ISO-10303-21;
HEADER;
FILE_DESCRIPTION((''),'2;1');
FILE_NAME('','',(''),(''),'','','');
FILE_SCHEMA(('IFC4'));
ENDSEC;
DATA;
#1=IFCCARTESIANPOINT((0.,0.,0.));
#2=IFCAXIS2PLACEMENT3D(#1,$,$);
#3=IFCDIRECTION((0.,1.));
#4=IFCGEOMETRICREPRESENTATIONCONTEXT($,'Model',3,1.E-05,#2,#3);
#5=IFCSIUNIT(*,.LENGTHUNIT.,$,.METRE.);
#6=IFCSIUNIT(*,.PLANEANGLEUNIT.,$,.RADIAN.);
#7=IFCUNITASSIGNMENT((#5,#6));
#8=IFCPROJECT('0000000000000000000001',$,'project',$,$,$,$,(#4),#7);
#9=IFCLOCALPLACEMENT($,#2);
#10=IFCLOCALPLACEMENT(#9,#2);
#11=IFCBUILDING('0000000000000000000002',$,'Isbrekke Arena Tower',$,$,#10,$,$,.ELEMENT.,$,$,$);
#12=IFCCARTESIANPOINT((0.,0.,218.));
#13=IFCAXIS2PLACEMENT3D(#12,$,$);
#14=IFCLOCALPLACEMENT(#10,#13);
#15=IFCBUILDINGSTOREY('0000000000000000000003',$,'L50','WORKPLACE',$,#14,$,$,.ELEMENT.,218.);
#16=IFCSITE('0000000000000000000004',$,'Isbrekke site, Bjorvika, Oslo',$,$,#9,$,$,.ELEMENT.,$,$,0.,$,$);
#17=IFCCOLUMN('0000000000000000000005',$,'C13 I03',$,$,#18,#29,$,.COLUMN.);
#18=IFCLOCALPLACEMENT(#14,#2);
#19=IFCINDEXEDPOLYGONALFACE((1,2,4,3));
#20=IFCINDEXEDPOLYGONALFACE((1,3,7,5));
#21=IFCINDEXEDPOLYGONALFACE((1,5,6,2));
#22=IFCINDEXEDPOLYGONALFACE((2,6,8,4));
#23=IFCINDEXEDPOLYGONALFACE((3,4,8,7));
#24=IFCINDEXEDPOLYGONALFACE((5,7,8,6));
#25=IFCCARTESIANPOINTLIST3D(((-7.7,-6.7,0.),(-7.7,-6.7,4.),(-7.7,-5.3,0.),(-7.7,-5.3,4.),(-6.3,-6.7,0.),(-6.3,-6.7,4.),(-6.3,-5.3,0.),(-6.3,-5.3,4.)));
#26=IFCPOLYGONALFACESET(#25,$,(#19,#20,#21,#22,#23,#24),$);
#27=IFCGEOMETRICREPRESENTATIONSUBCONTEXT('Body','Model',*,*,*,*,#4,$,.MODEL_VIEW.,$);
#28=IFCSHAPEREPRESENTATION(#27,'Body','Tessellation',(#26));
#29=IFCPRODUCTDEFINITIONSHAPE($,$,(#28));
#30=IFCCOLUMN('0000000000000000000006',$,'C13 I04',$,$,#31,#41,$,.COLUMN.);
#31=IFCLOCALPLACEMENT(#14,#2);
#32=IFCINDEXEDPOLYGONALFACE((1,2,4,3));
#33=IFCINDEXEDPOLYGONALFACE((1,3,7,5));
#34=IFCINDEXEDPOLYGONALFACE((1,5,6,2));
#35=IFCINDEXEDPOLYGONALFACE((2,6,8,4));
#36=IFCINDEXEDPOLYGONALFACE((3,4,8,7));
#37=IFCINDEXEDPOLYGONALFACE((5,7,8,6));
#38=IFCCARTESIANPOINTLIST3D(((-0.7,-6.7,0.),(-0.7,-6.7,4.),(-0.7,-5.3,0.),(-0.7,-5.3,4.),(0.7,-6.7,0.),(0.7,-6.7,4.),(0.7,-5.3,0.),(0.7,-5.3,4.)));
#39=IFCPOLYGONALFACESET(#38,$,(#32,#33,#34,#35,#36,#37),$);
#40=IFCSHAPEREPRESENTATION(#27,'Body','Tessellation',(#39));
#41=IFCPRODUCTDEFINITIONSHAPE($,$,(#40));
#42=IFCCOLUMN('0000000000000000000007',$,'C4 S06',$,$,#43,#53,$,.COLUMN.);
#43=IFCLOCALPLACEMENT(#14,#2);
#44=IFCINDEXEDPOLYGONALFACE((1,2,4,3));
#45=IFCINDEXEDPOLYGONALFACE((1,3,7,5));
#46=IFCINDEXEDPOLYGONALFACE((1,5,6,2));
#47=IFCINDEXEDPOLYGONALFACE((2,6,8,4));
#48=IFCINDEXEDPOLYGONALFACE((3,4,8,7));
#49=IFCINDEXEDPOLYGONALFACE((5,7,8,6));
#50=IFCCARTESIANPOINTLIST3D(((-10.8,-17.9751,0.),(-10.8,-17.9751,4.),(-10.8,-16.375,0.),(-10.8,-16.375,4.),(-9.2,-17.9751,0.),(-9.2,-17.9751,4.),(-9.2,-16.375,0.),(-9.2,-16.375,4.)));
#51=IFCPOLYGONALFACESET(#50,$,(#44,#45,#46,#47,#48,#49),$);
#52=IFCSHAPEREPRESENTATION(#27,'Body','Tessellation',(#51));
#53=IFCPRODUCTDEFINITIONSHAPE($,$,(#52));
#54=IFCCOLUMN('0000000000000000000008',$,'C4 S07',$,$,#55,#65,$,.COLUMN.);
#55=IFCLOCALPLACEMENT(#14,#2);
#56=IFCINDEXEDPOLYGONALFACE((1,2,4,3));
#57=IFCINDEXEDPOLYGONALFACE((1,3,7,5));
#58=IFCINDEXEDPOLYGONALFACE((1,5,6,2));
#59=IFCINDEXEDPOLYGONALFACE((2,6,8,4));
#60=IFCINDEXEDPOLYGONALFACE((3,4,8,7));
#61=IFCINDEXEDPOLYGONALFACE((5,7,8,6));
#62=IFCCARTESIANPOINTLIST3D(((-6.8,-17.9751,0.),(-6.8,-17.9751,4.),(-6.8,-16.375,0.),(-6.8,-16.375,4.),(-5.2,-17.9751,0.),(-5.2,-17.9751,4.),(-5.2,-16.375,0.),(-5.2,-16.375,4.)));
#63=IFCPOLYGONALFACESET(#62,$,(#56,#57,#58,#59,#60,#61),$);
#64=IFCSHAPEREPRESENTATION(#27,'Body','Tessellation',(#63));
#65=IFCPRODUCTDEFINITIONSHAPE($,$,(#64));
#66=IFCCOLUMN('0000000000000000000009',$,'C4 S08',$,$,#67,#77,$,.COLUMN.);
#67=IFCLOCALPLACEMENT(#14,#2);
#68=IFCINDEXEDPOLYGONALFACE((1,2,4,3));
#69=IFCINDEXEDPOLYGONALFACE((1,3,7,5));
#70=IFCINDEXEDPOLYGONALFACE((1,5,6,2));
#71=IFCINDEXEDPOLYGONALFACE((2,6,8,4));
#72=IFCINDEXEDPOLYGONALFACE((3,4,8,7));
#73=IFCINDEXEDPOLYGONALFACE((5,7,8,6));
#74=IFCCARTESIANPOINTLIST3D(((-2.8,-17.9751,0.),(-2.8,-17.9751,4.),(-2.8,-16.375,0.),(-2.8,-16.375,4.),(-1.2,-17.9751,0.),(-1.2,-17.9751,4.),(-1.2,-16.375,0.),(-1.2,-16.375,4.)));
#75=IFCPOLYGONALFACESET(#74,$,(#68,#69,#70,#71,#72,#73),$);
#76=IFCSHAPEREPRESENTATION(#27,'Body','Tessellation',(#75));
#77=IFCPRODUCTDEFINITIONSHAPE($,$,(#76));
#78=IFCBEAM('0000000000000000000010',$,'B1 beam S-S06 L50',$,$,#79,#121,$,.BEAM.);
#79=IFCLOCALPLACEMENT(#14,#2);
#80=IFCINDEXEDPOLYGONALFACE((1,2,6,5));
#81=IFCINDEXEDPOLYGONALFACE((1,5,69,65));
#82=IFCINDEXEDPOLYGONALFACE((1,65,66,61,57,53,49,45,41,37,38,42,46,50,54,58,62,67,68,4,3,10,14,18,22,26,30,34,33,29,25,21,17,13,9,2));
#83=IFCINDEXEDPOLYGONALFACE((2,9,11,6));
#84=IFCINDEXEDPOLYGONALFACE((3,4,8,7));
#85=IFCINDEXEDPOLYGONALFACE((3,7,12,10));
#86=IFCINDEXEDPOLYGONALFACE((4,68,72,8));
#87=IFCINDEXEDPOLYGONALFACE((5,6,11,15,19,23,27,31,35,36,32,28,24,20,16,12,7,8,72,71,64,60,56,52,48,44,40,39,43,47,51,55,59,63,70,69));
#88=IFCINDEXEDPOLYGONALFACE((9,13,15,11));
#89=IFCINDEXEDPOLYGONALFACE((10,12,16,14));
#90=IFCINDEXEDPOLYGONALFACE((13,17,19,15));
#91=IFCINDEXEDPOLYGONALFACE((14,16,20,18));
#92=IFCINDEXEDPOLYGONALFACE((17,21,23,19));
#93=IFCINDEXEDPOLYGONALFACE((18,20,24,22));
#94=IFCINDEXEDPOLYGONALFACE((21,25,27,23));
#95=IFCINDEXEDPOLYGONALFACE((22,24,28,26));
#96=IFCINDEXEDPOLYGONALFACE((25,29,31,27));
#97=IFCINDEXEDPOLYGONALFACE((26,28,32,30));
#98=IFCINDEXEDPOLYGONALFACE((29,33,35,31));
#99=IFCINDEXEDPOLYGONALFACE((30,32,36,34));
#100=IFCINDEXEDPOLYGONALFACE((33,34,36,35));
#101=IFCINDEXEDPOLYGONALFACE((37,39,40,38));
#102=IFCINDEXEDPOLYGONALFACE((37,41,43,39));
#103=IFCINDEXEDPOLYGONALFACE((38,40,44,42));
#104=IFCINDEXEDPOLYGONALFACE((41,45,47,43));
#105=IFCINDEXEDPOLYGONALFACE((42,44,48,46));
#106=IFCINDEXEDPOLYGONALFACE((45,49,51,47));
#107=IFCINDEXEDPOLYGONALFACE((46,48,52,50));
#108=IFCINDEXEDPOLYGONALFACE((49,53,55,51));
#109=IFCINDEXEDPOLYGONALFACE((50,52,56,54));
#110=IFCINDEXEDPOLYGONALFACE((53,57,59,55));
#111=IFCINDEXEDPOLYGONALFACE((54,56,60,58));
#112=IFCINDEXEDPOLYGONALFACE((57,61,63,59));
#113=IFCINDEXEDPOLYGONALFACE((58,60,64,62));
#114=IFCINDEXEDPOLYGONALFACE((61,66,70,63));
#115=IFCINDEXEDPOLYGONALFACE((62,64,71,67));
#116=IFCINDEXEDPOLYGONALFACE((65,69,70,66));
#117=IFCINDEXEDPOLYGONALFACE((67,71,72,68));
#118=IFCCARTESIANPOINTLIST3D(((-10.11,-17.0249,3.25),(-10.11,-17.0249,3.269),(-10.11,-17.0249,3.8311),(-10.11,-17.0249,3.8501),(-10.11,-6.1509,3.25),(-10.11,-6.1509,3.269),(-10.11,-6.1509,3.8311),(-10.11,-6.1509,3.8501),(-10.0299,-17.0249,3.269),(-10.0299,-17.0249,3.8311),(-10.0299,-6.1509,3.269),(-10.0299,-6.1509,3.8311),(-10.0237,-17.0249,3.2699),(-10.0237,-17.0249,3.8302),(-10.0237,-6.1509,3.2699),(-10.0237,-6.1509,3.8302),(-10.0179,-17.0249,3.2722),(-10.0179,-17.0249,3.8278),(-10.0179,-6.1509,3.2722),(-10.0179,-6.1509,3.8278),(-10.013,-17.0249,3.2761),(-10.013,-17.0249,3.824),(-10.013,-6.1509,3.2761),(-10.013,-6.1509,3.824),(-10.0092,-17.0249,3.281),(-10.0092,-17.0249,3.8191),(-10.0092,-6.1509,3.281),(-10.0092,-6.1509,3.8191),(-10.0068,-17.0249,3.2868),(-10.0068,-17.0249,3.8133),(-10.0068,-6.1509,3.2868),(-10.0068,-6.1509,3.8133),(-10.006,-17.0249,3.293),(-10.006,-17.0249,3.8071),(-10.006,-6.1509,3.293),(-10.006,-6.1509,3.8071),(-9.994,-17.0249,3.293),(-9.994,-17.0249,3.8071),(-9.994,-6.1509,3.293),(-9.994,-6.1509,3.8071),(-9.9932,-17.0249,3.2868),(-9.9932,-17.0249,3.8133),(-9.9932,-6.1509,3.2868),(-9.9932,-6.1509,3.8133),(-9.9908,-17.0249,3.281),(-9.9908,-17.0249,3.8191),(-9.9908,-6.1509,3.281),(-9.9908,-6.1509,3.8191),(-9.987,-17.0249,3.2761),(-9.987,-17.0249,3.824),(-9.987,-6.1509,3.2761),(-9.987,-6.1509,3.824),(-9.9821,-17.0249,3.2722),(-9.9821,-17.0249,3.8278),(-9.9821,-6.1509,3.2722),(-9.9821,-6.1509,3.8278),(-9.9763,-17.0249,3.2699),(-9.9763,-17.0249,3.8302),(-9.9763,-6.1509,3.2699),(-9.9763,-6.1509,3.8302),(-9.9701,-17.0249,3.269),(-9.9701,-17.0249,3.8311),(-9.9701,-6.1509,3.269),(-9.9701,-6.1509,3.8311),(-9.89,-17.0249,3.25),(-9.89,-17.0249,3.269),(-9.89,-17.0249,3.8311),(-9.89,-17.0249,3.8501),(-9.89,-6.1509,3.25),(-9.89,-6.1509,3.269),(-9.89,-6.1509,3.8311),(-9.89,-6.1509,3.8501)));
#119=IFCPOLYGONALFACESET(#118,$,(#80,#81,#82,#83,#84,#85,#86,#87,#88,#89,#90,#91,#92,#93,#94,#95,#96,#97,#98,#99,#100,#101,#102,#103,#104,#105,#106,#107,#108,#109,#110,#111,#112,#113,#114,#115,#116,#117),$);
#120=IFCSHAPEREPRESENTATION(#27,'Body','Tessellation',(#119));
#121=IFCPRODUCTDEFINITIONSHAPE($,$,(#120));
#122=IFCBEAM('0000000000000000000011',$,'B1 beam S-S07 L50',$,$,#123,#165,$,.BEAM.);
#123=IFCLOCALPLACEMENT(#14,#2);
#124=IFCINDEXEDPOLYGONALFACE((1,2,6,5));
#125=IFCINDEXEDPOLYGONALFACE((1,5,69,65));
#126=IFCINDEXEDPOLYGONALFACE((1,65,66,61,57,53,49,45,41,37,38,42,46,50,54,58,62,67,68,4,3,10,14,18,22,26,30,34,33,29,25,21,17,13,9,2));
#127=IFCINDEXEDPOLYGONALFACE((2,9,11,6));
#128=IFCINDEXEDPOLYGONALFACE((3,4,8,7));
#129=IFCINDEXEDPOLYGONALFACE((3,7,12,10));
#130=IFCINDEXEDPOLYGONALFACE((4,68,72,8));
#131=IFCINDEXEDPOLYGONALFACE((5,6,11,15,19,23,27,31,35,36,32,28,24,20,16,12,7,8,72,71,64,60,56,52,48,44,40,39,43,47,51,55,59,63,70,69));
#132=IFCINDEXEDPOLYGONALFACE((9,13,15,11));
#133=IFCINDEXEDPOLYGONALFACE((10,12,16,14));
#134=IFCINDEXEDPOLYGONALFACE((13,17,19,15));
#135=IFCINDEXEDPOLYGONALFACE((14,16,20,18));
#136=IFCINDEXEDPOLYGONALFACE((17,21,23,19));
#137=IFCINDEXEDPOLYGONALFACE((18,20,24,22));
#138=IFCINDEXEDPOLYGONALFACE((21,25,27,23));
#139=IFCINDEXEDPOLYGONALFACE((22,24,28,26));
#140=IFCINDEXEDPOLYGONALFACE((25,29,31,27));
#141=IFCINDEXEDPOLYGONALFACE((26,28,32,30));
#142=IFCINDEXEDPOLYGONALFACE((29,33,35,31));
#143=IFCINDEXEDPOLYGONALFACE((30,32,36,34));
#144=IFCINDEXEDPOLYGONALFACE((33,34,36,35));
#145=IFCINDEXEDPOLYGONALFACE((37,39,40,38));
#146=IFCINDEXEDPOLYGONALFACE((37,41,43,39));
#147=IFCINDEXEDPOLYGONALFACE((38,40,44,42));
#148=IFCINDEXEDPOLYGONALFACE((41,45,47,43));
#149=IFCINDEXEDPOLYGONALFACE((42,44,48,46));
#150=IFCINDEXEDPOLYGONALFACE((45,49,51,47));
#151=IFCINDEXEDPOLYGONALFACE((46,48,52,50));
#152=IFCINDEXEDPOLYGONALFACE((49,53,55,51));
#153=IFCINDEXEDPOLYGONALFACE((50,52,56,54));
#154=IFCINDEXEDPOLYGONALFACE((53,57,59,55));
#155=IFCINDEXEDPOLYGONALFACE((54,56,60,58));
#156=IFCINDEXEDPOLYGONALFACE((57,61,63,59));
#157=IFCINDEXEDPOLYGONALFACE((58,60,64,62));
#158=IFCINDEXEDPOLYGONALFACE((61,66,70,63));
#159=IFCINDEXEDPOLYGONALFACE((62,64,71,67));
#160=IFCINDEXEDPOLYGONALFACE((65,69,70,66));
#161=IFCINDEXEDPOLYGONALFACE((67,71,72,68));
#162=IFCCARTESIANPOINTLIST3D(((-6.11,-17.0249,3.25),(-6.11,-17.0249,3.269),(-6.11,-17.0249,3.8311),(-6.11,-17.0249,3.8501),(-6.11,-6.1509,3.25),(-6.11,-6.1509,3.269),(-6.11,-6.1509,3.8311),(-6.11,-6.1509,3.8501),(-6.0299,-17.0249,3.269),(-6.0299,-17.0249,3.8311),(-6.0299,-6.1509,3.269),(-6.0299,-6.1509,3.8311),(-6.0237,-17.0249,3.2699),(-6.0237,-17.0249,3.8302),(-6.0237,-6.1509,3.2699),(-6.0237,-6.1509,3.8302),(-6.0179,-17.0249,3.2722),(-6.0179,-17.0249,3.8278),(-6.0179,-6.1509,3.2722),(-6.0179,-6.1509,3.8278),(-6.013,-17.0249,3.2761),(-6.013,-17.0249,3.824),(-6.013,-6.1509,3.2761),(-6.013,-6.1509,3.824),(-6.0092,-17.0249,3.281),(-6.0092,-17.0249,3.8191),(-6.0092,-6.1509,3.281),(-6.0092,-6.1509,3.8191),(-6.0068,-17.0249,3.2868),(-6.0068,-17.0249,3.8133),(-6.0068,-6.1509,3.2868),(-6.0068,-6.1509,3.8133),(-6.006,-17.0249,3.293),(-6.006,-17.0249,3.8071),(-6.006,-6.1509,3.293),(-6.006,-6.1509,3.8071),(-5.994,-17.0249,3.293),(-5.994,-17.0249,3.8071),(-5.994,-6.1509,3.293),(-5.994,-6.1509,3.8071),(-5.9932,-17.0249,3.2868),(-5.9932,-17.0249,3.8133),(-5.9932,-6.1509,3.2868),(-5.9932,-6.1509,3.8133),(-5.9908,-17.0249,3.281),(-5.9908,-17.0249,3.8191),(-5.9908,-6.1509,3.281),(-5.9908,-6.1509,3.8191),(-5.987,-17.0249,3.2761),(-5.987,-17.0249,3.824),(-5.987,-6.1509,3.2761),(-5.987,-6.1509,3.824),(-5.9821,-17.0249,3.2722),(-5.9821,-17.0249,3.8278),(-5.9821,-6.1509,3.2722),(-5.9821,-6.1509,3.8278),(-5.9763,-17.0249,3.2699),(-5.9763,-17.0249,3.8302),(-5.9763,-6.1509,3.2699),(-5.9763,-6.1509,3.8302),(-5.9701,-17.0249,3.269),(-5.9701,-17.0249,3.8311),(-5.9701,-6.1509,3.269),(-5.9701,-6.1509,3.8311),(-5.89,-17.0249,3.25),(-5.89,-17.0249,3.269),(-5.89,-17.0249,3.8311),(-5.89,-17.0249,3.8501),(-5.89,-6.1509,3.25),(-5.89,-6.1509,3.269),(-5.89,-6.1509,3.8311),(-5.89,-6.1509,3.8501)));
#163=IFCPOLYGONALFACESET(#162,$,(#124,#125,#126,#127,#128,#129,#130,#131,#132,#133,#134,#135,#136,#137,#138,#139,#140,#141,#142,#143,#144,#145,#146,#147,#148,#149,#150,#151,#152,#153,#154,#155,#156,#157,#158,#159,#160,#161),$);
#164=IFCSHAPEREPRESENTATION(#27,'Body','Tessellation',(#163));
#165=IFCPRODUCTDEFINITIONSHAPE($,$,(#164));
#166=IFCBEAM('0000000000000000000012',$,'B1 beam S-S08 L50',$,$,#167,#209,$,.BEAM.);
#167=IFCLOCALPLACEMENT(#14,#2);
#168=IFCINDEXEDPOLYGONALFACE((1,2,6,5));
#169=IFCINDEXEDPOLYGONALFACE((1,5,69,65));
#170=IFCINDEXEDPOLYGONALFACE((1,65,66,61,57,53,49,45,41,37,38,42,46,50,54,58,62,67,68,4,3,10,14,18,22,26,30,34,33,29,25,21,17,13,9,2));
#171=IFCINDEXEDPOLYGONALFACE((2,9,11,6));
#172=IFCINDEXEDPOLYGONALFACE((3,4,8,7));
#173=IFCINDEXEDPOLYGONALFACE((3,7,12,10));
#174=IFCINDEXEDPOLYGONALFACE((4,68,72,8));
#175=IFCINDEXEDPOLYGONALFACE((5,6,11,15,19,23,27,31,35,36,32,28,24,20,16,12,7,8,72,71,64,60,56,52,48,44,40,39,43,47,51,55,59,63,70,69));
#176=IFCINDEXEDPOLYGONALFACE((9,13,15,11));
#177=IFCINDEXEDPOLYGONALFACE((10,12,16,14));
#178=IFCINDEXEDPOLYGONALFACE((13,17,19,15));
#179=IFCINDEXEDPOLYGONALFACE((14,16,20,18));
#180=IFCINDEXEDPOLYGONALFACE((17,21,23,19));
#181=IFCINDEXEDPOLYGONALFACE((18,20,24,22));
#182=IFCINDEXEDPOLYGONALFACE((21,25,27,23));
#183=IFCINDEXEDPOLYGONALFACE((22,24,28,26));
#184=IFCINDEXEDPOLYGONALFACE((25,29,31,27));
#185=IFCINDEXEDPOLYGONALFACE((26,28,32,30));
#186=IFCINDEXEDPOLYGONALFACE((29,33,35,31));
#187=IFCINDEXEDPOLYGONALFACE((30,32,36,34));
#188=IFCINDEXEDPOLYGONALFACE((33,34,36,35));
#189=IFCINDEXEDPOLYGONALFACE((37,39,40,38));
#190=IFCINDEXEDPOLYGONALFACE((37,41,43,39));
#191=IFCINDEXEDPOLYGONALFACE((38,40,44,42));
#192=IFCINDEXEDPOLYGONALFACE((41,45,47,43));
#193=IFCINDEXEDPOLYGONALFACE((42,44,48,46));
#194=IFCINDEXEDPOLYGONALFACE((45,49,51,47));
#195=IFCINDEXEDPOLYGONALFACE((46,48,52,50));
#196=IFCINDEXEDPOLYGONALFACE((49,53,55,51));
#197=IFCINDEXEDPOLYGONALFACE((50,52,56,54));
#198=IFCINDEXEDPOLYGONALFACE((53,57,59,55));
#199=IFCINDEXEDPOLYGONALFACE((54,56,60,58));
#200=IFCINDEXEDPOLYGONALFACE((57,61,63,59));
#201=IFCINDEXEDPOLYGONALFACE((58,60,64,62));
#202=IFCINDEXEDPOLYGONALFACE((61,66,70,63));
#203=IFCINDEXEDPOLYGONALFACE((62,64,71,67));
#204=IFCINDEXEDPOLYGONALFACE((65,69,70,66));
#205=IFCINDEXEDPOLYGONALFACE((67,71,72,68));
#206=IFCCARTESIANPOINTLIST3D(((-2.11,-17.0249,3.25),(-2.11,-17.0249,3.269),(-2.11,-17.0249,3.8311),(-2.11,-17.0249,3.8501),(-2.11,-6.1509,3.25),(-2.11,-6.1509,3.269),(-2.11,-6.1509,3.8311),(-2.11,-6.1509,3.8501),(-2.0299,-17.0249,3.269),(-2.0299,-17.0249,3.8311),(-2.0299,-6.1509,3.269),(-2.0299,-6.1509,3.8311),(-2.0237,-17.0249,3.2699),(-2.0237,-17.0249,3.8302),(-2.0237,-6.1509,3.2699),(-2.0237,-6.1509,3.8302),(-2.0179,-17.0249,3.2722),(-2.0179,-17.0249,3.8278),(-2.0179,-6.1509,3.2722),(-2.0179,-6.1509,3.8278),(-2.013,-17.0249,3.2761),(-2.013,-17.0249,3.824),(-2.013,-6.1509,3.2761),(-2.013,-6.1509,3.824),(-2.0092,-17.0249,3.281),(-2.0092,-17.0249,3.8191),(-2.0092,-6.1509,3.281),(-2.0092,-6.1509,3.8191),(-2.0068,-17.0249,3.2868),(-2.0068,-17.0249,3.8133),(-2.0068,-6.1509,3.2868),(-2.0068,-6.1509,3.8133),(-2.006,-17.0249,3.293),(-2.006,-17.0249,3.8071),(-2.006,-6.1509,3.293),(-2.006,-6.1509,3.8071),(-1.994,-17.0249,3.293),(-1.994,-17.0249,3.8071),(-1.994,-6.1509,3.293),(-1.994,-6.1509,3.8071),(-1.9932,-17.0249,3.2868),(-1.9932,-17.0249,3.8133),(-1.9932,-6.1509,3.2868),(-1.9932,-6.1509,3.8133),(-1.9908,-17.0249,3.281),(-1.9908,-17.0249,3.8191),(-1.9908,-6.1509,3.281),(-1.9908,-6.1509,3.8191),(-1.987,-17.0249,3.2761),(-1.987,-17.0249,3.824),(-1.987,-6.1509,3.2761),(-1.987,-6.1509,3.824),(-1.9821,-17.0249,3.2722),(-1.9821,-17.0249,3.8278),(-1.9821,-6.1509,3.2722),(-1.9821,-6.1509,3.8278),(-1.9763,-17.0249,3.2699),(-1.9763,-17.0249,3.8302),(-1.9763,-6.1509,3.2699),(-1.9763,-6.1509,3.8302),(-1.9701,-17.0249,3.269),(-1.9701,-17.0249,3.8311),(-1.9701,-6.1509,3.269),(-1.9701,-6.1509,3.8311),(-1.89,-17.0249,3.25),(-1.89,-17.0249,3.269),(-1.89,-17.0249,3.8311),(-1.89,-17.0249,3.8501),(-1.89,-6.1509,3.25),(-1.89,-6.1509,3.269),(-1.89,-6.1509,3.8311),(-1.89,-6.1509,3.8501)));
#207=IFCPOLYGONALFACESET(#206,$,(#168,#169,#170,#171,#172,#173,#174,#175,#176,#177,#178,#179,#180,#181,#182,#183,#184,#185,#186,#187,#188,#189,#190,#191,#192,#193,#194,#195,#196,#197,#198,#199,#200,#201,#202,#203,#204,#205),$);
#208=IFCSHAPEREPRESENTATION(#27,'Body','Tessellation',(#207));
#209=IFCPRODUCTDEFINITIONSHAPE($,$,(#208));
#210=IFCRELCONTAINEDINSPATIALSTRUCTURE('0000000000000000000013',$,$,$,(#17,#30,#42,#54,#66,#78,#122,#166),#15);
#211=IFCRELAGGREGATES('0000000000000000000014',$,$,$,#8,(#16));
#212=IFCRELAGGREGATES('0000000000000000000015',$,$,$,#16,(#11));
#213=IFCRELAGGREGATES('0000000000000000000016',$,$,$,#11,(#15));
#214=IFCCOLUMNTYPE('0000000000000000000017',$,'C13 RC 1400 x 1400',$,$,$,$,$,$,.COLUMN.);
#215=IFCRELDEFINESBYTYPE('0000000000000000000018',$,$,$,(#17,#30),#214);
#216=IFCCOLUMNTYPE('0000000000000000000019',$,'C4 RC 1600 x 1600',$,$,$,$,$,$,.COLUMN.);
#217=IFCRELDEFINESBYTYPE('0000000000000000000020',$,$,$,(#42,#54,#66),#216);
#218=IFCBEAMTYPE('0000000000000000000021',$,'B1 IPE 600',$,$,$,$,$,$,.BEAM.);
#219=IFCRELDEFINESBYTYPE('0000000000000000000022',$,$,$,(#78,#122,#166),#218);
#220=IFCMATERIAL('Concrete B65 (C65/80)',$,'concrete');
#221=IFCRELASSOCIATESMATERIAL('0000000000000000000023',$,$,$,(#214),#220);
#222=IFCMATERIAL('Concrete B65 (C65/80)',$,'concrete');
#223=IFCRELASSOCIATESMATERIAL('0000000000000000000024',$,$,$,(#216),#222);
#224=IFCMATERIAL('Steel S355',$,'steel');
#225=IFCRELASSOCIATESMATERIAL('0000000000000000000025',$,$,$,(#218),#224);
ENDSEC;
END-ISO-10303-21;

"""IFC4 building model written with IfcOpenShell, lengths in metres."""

from ifc_helpers import new_model, si_unit, direction, frame, origin, origin_2d, place, context, subcontext, project, spatial, rectangle, i_section, extrude, material, material_profile, profile_set, type_object, element, save


model = new_model("IFC4")

# Units and contexts
model_context = context("Model", 3, precision=1e-05, world=origin(), true_north=direction((0.0, 1.0)))
body_context = subcontext(model_context, "Body", "Model", "MODEL_VIEW")
ifc_project = project(units=[si_unit("LENGTHUNIT", "METRE"), si_unit("PLANEANGLEUNIT", "RADIAN")], contexts=[model_context])

# Site, building, storey
site_placement = place(None, origin())
site = spatial("IfcSite", under=ifc_project, at=site_placement, Name="Isbrekke site, Bjorvika, Oslo", CompositionType="ELEMENT", RefElevation=0.0)
building_placement = place(site_placement, origin())
building = spatial("IfcBuilding", under=site, at=building_placement, Name="Isbrekke Arena Tower", CompositionType="ELEMENT")
storey_placement = place(building_placement, frame((0.0, 0.0, 218.0)))
storey = spatial("IfcBuildingStorey", under=building, at=storey_placement, Name="L50", Description="WORKPLACE", CompositionType="ELEMENT", Elevation=218.0)

# Columns
ifc_material_1 = material(Name="Concrete B65 (C65/80)", Category="concrete")
ifc_material_profile_1 = material_profile(ifc_material_1, rectangle(XDim=1.3999, YDim=1.3999, at=origin_2d()), Name="RC 1400x1400")
ifc_profile_set_1 = profile_set([ifc_material_profile_1], Name="Concrete B65 (C65/80)")
column_type_1 = type_object("IfcColumnType", Name="C13 RC 1400 x 1400", PredefinedType="COLUMN", material=ifc_profile_set_1)
for number, where, z_axis, x_axis, name in (
    (1, (-7.0, -6.0, 0.0), (0.0, 0.0, 1.0), (1.0, 0.0, 0.0), "C13 I03"),
    (2, (0.0, -6.0, 0.0), (0.0, 0.0, 1.0), (1.0, 0.0, 0.0), "C13 I04"),
):
    element("IfcColumn", number, at=place(storey_placement, frame(where, z_axis=z_axis, x_axis=x_axis)), inside=storey, type_object=column_type_1, Name=name, PredefinedType="COLUMN", context=body_context, shape_type="SweptSolid", body=[
        extrude(rectangle(XDim=1.3999, YDim=1.3999, at=origin_2d()), origin(), (0.0, 0.0, 1.0), 4.0),
    ])
ifc_material_2 = material(Name="Concrete B65 (C65/80)", Category="concrete")
ifc_material_profile_2 = material_profile(ifc_material_2, rectangle(XDim=1.6001, YDim=1.6001, at=origin_2d()), Name="RC 1600x1600")
ifc_profile_set_2 = profile_set([ifc_material_profile_2], Name="Concrete B65 (C65/80)")
column_type_2 = type_object("IfcColumnType", Name="C4 RC 1600 x 1600", PredefinedType="COLUMN", material=ifc_profile_set_2)
for number, where, z_axis, x_axis, name in (
    (3, (-10.0, -17.175, 0.0), (0.0, 0.0, 1.0), (1.0, 0.0, 0.0), "C4 S06"),
    (4, (-6.0, -17.175, 0.0), (0.0, 0.0, 1.0), (1.0, 0.0, 0.0), "C4 S07"),
    (5, (-2.0, -17.175, 0.0), (0.0, 0.0, 1.0), (1.0, 0.0, 0.0), "C4 S08"),
):
    element("IfcColumn", number, at=place(storey_placement, frame(where, z_axis=z_axis, x_axis=x_axis)), inside=storey, type_object=column_type_2, Name=name, PredefinedType="COLUMN", context=body_context, shape_type="SweptSolid", body=[
        extrude(rectangle(XDim=1.6001, YDim=1.6001, at=origin_2d()), origin(), (0.0, 0.0, 1.0), 4.0),
    ])

# Beams
ifc_material_3 = material(Name="Steel S355", Category="steel")
ifc_material_profile_3 = material_profile(ifc_material_3, i_section(OverallWidth=0.22, OverallDepth=0.6001, WebThickness=0.012, FlangeThickness=0.019, FilletRadius=0.0239, at=origin_2d()), Name="IPE 600")
ifc_profile_set_3 = profile_set([ifc_material_profile_3], Name="Steel S355")
beam_type_1 = type_object("IfcBeamType", Name="B1 IPE 600", PredefinedType="BEAM", material=ifc_profile_set_3)
for number, where, z_axis, x_axis, name in (
    (6, (-10.0, -17.0249, 3.55), (0.0, 1.0, 0.0), (-1.0, 0.0, 0.0), "B1 beam S-S06 L50"),
    (7, (-6.0, -17.0249, 3.55), (0.0, 1.0, 0.0), (-1.0, 0.0, 0.0), "B1 beam S-S07 L50"),
    (8, (-2.0, -17.0249, 3.55), (0.0, 1.0, 0.0), (-1.0, 0.0, 0.0), "B1 beam S-S08 L50"),
):
    element("IfcBeam", number, at=place(storey_placement, frame(where, z_axis=z_axis, x_axis=x_axis)), inside=storey, type_object=beam_type_1, Name=name, PredefinedType="BEAM", context=body_context, shape_type="SweptSolid", body=[
        extrude(i_section(OverallWidth=0.22, OverallDepth=0.6001, WebThickness=0.012, FlangeThickness=0.019, FilletRadius=0.0239, at=origin_2d()), origin(), (0.0, 0.0, 1.0), 10.874),
    ])

save(model, "model.ifc")
